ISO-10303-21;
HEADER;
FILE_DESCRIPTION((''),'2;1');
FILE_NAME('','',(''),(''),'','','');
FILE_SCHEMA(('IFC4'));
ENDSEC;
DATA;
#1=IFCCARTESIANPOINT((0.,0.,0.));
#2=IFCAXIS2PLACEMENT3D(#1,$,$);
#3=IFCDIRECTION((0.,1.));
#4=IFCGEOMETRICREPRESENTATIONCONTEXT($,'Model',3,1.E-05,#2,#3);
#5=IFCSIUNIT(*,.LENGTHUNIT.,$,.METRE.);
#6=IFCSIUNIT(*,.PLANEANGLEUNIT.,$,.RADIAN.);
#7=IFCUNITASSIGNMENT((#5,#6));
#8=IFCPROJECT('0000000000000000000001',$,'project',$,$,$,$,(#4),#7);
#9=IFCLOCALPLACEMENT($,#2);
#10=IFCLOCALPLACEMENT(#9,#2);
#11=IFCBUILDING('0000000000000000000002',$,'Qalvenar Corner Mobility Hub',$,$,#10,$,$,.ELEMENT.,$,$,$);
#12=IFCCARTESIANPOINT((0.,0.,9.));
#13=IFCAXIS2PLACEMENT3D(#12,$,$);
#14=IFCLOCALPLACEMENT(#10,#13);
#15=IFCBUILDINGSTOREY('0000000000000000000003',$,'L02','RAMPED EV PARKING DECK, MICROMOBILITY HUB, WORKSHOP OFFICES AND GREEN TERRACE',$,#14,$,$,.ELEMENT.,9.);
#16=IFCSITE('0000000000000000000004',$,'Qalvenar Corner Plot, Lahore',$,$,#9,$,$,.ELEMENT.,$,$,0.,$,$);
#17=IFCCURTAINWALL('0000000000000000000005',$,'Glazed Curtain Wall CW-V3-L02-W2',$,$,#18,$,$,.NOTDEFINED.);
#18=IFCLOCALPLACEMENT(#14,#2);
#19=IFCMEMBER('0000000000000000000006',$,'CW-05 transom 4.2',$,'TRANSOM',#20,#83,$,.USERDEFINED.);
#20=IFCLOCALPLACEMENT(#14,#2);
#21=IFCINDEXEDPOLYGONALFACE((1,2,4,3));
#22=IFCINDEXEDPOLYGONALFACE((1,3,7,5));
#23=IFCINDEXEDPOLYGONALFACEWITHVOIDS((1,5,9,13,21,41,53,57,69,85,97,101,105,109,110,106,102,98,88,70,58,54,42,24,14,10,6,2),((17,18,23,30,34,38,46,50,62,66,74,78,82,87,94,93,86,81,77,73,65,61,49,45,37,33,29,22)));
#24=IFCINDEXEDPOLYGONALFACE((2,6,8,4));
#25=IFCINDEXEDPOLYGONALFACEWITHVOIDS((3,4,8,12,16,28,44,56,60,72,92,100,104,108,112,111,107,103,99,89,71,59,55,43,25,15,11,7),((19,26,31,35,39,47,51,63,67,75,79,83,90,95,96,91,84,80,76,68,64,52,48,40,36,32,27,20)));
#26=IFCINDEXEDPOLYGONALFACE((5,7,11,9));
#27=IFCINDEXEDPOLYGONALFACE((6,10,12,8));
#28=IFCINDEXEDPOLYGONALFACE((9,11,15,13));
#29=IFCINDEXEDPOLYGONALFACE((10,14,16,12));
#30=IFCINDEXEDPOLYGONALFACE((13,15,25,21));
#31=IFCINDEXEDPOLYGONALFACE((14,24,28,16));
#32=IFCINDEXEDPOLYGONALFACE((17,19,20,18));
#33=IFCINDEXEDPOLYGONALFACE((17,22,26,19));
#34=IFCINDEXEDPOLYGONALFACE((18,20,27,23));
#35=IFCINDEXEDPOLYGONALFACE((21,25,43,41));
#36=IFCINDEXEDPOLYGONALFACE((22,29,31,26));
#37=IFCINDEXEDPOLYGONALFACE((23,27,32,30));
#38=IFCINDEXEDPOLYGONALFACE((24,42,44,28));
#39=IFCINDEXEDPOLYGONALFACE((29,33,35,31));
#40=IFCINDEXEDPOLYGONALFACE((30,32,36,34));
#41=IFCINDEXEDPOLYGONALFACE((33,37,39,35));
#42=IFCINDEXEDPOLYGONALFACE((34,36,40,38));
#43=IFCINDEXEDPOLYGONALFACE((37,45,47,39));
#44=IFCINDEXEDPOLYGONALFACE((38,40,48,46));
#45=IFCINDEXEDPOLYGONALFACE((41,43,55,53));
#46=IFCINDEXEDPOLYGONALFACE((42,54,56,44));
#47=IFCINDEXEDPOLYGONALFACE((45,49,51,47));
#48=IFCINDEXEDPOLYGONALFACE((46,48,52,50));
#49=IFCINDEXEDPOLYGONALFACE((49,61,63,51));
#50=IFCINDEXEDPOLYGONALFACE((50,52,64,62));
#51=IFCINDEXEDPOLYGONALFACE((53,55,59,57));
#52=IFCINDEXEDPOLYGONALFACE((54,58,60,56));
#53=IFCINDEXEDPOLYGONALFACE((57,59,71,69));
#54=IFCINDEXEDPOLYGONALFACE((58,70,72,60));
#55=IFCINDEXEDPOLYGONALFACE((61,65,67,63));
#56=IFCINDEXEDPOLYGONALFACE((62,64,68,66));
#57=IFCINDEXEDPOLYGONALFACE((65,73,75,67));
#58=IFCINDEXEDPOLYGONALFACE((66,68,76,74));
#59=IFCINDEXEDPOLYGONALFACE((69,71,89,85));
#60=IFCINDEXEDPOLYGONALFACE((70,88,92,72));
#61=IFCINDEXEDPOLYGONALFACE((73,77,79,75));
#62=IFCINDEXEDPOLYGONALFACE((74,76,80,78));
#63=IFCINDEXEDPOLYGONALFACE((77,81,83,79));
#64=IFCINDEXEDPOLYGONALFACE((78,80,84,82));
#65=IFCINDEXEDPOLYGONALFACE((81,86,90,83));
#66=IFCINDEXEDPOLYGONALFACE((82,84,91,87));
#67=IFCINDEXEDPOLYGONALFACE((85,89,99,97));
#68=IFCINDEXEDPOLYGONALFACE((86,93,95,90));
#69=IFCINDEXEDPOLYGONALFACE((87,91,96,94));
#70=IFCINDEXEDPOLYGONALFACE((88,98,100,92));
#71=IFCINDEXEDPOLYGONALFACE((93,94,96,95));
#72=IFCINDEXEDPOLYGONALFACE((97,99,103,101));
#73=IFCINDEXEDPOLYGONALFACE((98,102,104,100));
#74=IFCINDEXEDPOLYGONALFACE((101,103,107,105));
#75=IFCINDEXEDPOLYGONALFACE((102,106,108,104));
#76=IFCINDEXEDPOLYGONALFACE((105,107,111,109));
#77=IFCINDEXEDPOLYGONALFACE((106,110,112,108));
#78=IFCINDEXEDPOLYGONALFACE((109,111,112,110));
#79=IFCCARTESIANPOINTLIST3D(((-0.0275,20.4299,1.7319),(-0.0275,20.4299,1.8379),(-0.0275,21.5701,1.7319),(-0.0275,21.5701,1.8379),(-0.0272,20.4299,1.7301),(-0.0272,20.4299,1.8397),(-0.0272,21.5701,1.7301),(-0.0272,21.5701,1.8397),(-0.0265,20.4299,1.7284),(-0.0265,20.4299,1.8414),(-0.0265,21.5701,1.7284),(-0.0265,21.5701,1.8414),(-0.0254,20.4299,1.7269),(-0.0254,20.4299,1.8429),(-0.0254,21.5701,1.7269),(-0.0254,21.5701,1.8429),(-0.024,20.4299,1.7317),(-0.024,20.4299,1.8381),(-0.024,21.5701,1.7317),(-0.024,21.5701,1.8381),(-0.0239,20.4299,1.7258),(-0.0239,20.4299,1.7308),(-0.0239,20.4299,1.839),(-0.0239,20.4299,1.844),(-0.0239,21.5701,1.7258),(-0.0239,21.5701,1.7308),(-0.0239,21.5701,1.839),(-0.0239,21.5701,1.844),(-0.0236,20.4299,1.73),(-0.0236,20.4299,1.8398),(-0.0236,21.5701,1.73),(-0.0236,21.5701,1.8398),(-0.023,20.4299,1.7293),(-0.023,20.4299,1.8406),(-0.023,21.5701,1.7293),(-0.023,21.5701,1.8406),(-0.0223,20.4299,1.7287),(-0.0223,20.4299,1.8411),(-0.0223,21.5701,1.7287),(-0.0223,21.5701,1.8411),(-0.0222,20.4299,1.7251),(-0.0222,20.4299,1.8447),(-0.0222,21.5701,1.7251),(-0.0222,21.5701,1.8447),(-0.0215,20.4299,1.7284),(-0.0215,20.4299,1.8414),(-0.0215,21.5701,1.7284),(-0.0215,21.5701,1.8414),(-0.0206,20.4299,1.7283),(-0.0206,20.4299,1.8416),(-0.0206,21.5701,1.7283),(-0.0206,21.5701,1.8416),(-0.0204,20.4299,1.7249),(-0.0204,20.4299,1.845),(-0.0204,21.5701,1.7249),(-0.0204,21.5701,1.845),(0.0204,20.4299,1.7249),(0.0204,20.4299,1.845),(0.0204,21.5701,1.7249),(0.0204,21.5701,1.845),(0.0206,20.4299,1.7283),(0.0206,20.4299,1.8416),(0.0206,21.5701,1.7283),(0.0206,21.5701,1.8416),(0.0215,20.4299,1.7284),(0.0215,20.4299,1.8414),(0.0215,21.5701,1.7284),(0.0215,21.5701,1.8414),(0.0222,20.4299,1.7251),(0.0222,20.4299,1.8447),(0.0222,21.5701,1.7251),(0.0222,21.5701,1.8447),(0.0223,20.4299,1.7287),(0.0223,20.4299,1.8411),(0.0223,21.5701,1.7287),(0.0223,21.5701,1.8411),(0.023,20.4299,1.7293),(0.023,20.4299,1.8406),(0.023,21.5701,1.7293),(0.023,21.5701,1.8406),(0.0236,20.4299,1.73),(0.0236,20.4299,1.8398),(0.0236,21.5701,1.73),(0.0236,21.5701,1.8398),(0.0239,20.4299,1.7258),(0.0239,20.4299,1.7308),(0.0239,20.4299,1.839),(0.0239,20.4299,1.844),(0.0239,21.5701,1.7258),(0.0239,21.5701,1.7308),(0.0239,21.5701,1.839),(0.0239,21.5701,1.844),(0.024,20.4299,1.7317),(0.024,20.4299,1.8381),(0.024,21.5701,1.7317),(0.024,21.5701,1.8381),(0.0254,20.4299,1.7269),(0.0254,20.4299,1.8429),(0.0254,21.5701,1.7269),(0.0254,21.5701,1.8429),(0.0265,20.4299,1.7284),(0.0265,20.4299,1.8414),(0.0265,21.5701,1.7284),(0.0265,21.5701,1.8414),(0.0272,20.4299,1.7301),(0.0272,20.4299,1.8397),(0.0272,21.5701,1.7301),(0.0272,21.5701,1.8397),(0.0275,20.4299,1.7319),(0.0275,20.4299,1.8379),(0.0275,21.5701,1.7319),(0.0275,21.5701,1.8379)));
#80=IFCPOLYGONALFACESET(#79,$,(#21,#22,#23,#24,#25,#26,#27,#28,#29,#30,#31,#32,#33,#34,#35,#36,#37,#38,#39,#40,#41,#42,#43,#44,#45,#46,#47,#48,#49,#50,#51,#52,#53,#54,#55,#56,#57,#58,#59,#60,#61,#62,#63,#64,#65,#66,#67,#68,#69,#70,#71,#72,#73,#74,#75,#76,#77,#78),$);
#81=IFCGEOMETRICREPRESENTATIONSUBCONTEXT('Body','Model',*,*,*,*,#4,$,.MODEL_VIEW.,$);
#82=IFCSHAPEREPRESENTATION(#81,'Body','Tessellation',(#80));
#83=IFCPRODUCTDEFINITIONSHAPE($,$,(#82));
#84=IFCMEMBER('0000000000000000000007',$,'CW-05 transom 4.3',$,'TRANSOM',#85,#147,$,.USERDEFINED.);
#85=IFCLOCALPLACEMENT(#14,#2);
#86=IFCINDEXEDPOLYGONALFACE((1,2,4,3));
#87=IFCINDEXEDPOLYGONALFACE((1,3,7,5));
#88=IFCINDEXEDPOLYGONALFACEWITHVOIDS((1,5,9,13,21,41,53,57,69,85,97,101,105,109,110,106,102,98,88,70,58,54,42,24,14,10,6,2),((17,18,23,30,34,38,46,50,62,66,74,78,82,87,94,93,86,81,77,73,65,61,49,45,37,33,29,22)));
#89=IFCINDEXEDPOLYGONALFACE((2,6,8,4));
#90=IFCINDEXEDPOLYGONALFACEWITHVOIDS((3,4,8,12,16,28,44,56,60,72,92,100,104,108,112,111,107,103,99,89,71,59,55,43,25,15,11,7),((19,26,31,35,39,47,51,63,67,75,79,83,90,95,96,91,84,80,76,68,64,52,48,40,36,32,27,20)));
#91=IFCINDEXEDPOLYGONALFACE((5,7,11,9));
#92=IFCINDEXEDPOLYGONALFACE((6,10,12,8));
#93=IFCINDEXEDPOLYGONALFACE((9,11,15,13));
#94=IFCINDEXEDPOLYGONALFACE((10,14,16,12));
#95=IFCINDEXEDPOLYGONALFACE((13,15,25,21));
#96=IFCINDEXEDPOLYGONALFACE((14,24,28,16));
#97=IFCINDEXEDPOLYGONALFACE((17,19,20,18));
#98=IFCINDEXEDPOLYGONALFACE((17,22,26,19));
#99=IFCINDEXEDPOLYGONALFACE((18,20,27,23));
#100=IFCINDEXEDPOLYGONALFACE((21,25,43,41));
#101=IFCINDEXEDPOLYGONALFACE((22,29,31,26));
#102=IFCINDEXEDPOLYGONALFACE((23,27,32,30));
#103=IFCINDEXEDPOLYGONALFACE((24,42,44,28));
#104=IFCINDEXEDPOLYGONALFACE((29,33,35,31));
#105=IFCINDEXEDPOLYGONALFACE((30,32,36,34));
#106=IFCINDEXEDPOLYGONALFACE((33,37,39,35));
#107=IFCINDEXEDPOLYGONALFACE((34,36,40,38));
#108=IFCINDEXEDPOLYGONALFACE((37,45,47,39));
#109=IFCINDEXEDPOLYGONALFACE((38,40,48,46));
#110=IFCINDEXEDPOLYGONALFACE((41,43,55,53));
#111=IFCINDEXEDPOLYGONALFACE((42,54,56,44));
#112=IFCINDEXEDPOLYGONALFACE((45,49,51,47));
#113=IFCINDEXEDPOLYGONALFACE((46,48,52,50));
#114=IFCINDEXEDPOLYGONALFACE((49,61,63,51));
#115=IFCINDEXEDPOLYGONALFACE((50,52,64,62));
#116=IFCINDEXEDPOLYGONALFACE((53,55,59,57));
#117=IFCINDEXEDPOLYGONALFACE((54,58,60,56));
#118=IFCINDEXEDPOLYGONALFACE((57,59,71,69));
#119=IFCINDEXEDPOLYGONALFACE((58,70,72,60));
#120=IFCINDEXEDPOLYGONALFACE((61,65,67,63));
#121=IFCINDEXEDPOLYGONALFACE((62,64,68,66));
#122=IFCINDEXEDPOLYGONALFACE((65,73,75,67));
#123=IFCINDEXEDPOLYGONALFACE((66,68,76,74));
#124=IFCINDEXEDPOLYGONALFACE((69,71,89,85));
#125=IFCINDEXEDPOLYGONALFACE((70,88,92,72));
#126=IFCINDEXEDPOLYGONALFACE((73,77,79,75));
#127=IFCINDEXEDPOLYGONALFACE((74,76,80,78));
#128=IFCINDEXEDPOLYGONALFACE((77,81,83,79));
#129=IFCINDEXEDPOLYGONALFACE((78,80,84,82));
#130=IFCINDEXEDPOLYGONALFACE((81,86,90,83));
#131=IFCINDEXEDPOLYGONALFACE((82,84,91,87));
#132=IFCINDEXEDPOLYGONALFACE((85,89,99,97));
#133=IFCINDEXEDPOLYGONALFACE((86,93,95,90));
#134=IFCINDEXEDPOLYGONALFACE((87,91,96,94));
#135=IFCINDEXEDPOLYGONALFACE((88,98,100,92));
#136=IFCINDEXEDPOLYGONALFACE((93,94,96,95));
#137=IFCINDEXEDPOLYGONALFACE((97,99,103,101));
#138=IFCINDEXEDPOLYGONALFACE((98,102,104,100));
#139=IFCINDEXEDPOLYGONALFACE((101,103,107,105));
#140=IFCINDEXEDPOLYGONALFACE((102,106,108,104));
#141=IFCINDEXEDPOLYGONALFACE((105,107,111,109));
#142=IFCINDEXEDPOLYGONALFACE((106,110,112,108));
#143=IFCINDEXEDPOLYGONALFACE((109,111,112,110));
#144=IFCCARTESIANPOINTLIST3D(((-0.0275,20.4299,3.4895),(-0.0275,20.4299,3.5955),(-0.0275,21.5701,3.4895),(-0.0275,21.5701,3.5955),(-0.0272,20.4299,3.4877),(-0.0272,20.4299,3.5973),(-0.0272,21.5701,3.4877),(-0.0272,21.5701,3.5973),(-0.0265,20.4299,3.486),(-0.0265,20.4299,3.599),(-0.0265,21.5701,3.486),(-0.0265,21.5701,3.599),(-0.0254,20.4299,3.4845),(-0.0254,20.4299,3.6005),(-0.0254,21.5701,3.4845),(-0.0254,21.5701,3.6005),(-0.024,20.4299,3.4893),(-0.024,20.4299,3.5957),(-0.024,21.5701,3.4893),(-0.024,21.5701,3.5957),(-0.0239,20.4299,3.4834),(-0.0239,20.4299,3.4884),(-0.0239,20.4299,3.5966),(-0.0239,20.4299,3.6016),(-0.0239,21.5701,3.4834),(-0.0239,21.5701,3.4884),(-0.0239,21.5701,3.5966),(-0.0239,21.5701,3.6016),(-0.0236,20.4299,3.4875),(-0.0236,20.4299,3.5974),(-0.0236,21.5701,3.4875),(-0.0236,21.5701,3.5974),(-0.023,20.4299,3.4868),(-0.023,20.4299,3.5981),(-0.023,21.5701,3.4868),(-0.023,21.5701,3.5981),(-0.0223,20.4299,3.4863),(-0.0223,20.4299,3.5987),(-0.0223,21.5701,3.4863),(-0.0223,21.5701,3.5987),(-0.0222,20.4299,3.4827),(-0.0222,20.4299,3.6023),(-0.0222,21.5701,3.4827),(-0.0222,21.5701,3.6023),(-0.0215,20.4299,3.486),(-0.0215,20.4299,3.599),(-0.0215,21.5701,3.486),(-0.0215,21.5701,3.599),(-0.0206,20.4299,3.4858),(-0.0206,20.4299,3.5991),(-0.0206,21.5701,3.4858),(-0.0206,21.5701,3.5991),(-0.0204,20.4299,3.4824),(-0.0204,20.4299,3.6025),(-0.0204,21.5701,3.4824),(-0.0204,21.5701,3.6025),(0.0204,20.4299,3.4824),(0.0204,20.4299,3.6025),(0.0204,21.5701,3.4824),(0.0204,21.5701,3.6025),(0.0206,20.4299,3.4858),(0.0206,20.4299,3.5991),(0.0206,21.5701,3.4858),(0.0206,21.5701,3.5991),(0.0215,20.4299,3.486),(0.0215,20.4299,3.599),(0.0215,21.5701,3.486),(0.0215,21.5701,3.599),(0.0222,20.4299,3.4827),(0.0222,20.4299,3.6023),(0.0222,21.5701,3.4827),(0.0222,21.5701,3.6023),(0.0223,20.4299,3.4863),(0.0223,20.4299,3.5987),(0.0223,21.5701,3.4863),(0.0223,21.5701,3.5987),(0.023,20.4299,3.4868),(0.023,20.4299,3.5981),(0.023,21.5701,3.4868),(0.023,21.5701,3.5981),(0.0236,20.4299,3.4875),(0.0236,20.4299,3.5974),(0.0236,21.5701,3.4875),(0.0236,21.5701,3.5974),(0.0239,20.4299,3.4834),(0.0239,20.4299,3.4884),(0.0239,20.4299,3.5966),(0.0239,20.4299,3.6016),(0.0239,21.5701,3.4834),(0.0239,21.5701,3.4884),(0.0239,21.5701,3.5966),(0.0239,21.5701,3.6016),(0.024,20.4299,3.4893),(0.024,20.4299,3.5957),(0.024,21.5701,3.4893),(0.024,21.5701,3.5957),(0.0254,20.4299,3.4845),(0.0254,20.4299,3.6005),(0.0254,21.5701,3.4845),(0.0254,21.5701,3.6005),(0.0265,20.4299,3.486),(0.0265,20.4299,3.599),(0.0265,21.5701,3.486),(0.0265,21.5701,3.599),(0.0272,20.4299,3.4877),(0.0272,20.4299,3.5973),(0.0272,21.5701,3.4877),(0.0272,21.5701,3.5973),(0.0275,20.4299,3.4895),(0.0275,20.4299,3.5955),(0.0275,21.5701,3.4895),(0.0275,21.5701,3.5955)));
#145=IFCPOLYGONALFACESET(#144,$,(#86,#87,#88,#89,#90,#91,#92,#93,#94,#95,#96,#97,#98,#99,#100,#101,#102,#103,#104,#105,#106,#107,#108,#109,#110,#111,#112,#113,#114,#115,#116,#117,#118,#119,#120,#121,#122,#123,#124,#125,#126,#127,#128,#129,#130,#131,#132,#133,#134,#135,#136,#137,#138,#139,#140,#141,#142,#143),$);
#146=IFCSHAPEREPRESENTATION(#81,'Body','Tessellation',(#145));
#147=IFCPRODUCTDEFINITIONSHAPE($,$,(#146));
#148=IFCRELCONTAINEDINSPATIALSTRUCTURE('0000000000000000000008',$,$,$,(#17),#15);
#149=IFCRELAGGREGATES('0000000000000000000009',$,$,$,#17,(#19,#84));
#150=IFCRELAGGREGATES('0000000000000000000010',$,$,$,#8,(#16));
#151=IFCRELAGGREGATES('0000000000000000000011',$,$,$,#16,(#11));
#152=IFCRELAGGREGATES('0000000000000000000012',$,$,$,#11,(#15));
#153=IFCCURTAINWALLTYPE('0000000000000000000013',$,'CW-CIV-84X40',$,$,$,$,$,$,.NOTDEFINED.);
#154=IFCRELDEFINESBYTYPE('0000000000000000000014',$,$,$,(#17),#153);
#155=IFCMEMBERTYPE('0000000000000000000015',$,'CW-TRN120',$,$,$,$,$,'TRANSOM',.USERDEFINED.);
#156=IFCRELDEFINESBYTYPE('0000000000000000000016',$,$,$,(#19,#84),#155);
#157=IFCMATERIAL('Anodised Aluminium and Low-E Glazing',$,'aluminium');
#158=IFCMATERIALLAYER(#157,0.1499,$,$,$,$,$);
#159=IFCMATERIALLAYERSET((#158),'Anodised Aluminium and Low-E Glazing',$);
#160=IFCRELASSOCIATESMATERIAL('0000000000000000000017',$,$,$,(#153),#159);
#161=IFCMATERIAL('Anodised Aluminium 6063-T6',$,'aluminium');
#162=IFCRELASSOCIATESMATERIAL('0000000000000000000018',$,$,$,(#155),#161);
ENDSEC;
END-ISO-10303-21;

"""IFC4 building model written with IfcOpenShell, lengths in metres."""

from ifc_helpers import new_model, si_unit, direction, frame, origin, origin_2d, place, context, subcontext, project, spatial, hollow_rectangle, extrude, material, layer, layer_set, material_profile, profile_set, type_object, element, aggregate, save


model = new_model("IFC4")

# Units and contexts
model_context = context("Model", 3, precision=1e-05, world=origin(), true_north=direction((0.0, 1.0)))
body_context = subcontext(model_context, "Body", "Model", "MODEL_VIEW")
ifc_project = project(units=[si_unit("LENGTHUNIT", "METRE"), si_unit("PLANEANGLEUNIT", "RADIAN")], contexts=[model_context])

# Site, building, storey
site_placement = place(None, origin())
site = spatial("IfcSite", under=ifc_project, at=site_placement, Name="Qalvenar Corner Plot, Lahore", CompositionType="ELEMENT", RefElevation=0.0)
building_placement = place(site_placement, origin())
building = spatial("IfcBuilding", under=site, at=building_placement, Name="Qalvenar Corner Mobility Hub", CompositionType="ELEMENT")
storey_placement = place(building_placement, frame((0.0, 0.0, 9.0)))
storey = spatial("IfcBuildingStorey", under=building, at=storey_placement, Name="L02", Description="RAMPED EV PARKING DECK, MICROMOBILITY HUB, WORKSHOP OFFICES AND GREEN TERRACE", CompositionType="ELEMENT", Elevation=9.0)

# Curtain wall, members
ifc_material_1 = material(Name="Anodised Aluminium and Low-E Glazing", Category="aluminium")
ifc_layer_1 = layer(ifc_material_1, 0.1499)
ifc_layer_set_1 = layer_set([ifc_layer_1], Name="Anodised Aluminium and Low-E Glazing")
curtain_wall_type = type_object("IfcCurtainWallType", Name="CW-CIV-84X40", PredefinedType="NOTDEFINED", material=ifc_layer_set_1)
curtain_wall_placement = place(storey_placement, origin())
curtain_wall = element("IfcCurtainWall", 1, at=curtain_wall_placement, inside=storey, type_object=curtain_wall_type, Name="Glazed Curtain Wall CW-V3-L02-W2", PredefinedType="NOTDEFINED")
ifc_material_2 = material(Name="Anodised Aluminium 6063-T6", Category="aluminium")
ifc_material_profile_1 = material_profile(ifc_material_2, hollow_rectangle(XDim=0.0549, YDim=0.1201, WallThickness=0.0034, InnerFilletRadius=0.0034, OuterFilletRadius=0.0071, at=origin_2d()), Name="RHS120x55x3.5")
ifc_profile_set_1 = profile_set([ifc_material_profile_1], Name="Anodised Aluminium 6063-T6")
member_type_1 = type_object("IfcMemberType", Name="CW-TRN120", ElementType="TRANSOM", PredefinedType="USERDEFINED", material=ifc_profile_set_1)
member_1_placement = place(storey_placement, frame((0.0, 21.5701, 1.7849), z_axis=(0.0, -1.0, 0.0), x_axis=(1.0, 0.0, 0.0)))
member_1 = element("IfcMember", 2, at=member_1_placement, type_object=member_type_1, Name="CW-05 transom 4.2", ObjectType="TRANSOM", PredefinedType="USERDEFINED", context=body_context, shape_type="SweptSolid", body=[
    extrude(hollow_rectangle(XDim=0.0549, YDim=0.1201, WallThickness=0.0034, InnerFilletRadius=0.0034, OuterFilletRadius=0.0071, at=origin_2d()), origin(), (0.0, 0.0, 1.0), 1.1401),
])
member_2_placement = place(storey_placement, frame((0.0, 21.5701, 3.5425), z_axis=(0.0, -1.0, 0.0), x_axis=(1.0, 0.0, 0.0)))
member_2 = element("IfcMember", 3, at=member_2_placement, type_object=member_type_1, Name="CW-05 transom 4.3", ObjectType="TRANSOM", PredefinedType="USERDEFINED", context=body_context, shape_type="SweptSolid", body=[
    extrude(hollow_rectangle(XDim=0.0549, YDim=0.1201, WallThickness=0.0034, InnerFilletRadius=0.0034, OuterFilletRadius=0.0071, at=origin_2d()), origin(), (0.0, 0.0, 1.0), 1.1401),
])
aggregate(curtain_wall, [member_1, member_2])

save(model, "model.ifc")
